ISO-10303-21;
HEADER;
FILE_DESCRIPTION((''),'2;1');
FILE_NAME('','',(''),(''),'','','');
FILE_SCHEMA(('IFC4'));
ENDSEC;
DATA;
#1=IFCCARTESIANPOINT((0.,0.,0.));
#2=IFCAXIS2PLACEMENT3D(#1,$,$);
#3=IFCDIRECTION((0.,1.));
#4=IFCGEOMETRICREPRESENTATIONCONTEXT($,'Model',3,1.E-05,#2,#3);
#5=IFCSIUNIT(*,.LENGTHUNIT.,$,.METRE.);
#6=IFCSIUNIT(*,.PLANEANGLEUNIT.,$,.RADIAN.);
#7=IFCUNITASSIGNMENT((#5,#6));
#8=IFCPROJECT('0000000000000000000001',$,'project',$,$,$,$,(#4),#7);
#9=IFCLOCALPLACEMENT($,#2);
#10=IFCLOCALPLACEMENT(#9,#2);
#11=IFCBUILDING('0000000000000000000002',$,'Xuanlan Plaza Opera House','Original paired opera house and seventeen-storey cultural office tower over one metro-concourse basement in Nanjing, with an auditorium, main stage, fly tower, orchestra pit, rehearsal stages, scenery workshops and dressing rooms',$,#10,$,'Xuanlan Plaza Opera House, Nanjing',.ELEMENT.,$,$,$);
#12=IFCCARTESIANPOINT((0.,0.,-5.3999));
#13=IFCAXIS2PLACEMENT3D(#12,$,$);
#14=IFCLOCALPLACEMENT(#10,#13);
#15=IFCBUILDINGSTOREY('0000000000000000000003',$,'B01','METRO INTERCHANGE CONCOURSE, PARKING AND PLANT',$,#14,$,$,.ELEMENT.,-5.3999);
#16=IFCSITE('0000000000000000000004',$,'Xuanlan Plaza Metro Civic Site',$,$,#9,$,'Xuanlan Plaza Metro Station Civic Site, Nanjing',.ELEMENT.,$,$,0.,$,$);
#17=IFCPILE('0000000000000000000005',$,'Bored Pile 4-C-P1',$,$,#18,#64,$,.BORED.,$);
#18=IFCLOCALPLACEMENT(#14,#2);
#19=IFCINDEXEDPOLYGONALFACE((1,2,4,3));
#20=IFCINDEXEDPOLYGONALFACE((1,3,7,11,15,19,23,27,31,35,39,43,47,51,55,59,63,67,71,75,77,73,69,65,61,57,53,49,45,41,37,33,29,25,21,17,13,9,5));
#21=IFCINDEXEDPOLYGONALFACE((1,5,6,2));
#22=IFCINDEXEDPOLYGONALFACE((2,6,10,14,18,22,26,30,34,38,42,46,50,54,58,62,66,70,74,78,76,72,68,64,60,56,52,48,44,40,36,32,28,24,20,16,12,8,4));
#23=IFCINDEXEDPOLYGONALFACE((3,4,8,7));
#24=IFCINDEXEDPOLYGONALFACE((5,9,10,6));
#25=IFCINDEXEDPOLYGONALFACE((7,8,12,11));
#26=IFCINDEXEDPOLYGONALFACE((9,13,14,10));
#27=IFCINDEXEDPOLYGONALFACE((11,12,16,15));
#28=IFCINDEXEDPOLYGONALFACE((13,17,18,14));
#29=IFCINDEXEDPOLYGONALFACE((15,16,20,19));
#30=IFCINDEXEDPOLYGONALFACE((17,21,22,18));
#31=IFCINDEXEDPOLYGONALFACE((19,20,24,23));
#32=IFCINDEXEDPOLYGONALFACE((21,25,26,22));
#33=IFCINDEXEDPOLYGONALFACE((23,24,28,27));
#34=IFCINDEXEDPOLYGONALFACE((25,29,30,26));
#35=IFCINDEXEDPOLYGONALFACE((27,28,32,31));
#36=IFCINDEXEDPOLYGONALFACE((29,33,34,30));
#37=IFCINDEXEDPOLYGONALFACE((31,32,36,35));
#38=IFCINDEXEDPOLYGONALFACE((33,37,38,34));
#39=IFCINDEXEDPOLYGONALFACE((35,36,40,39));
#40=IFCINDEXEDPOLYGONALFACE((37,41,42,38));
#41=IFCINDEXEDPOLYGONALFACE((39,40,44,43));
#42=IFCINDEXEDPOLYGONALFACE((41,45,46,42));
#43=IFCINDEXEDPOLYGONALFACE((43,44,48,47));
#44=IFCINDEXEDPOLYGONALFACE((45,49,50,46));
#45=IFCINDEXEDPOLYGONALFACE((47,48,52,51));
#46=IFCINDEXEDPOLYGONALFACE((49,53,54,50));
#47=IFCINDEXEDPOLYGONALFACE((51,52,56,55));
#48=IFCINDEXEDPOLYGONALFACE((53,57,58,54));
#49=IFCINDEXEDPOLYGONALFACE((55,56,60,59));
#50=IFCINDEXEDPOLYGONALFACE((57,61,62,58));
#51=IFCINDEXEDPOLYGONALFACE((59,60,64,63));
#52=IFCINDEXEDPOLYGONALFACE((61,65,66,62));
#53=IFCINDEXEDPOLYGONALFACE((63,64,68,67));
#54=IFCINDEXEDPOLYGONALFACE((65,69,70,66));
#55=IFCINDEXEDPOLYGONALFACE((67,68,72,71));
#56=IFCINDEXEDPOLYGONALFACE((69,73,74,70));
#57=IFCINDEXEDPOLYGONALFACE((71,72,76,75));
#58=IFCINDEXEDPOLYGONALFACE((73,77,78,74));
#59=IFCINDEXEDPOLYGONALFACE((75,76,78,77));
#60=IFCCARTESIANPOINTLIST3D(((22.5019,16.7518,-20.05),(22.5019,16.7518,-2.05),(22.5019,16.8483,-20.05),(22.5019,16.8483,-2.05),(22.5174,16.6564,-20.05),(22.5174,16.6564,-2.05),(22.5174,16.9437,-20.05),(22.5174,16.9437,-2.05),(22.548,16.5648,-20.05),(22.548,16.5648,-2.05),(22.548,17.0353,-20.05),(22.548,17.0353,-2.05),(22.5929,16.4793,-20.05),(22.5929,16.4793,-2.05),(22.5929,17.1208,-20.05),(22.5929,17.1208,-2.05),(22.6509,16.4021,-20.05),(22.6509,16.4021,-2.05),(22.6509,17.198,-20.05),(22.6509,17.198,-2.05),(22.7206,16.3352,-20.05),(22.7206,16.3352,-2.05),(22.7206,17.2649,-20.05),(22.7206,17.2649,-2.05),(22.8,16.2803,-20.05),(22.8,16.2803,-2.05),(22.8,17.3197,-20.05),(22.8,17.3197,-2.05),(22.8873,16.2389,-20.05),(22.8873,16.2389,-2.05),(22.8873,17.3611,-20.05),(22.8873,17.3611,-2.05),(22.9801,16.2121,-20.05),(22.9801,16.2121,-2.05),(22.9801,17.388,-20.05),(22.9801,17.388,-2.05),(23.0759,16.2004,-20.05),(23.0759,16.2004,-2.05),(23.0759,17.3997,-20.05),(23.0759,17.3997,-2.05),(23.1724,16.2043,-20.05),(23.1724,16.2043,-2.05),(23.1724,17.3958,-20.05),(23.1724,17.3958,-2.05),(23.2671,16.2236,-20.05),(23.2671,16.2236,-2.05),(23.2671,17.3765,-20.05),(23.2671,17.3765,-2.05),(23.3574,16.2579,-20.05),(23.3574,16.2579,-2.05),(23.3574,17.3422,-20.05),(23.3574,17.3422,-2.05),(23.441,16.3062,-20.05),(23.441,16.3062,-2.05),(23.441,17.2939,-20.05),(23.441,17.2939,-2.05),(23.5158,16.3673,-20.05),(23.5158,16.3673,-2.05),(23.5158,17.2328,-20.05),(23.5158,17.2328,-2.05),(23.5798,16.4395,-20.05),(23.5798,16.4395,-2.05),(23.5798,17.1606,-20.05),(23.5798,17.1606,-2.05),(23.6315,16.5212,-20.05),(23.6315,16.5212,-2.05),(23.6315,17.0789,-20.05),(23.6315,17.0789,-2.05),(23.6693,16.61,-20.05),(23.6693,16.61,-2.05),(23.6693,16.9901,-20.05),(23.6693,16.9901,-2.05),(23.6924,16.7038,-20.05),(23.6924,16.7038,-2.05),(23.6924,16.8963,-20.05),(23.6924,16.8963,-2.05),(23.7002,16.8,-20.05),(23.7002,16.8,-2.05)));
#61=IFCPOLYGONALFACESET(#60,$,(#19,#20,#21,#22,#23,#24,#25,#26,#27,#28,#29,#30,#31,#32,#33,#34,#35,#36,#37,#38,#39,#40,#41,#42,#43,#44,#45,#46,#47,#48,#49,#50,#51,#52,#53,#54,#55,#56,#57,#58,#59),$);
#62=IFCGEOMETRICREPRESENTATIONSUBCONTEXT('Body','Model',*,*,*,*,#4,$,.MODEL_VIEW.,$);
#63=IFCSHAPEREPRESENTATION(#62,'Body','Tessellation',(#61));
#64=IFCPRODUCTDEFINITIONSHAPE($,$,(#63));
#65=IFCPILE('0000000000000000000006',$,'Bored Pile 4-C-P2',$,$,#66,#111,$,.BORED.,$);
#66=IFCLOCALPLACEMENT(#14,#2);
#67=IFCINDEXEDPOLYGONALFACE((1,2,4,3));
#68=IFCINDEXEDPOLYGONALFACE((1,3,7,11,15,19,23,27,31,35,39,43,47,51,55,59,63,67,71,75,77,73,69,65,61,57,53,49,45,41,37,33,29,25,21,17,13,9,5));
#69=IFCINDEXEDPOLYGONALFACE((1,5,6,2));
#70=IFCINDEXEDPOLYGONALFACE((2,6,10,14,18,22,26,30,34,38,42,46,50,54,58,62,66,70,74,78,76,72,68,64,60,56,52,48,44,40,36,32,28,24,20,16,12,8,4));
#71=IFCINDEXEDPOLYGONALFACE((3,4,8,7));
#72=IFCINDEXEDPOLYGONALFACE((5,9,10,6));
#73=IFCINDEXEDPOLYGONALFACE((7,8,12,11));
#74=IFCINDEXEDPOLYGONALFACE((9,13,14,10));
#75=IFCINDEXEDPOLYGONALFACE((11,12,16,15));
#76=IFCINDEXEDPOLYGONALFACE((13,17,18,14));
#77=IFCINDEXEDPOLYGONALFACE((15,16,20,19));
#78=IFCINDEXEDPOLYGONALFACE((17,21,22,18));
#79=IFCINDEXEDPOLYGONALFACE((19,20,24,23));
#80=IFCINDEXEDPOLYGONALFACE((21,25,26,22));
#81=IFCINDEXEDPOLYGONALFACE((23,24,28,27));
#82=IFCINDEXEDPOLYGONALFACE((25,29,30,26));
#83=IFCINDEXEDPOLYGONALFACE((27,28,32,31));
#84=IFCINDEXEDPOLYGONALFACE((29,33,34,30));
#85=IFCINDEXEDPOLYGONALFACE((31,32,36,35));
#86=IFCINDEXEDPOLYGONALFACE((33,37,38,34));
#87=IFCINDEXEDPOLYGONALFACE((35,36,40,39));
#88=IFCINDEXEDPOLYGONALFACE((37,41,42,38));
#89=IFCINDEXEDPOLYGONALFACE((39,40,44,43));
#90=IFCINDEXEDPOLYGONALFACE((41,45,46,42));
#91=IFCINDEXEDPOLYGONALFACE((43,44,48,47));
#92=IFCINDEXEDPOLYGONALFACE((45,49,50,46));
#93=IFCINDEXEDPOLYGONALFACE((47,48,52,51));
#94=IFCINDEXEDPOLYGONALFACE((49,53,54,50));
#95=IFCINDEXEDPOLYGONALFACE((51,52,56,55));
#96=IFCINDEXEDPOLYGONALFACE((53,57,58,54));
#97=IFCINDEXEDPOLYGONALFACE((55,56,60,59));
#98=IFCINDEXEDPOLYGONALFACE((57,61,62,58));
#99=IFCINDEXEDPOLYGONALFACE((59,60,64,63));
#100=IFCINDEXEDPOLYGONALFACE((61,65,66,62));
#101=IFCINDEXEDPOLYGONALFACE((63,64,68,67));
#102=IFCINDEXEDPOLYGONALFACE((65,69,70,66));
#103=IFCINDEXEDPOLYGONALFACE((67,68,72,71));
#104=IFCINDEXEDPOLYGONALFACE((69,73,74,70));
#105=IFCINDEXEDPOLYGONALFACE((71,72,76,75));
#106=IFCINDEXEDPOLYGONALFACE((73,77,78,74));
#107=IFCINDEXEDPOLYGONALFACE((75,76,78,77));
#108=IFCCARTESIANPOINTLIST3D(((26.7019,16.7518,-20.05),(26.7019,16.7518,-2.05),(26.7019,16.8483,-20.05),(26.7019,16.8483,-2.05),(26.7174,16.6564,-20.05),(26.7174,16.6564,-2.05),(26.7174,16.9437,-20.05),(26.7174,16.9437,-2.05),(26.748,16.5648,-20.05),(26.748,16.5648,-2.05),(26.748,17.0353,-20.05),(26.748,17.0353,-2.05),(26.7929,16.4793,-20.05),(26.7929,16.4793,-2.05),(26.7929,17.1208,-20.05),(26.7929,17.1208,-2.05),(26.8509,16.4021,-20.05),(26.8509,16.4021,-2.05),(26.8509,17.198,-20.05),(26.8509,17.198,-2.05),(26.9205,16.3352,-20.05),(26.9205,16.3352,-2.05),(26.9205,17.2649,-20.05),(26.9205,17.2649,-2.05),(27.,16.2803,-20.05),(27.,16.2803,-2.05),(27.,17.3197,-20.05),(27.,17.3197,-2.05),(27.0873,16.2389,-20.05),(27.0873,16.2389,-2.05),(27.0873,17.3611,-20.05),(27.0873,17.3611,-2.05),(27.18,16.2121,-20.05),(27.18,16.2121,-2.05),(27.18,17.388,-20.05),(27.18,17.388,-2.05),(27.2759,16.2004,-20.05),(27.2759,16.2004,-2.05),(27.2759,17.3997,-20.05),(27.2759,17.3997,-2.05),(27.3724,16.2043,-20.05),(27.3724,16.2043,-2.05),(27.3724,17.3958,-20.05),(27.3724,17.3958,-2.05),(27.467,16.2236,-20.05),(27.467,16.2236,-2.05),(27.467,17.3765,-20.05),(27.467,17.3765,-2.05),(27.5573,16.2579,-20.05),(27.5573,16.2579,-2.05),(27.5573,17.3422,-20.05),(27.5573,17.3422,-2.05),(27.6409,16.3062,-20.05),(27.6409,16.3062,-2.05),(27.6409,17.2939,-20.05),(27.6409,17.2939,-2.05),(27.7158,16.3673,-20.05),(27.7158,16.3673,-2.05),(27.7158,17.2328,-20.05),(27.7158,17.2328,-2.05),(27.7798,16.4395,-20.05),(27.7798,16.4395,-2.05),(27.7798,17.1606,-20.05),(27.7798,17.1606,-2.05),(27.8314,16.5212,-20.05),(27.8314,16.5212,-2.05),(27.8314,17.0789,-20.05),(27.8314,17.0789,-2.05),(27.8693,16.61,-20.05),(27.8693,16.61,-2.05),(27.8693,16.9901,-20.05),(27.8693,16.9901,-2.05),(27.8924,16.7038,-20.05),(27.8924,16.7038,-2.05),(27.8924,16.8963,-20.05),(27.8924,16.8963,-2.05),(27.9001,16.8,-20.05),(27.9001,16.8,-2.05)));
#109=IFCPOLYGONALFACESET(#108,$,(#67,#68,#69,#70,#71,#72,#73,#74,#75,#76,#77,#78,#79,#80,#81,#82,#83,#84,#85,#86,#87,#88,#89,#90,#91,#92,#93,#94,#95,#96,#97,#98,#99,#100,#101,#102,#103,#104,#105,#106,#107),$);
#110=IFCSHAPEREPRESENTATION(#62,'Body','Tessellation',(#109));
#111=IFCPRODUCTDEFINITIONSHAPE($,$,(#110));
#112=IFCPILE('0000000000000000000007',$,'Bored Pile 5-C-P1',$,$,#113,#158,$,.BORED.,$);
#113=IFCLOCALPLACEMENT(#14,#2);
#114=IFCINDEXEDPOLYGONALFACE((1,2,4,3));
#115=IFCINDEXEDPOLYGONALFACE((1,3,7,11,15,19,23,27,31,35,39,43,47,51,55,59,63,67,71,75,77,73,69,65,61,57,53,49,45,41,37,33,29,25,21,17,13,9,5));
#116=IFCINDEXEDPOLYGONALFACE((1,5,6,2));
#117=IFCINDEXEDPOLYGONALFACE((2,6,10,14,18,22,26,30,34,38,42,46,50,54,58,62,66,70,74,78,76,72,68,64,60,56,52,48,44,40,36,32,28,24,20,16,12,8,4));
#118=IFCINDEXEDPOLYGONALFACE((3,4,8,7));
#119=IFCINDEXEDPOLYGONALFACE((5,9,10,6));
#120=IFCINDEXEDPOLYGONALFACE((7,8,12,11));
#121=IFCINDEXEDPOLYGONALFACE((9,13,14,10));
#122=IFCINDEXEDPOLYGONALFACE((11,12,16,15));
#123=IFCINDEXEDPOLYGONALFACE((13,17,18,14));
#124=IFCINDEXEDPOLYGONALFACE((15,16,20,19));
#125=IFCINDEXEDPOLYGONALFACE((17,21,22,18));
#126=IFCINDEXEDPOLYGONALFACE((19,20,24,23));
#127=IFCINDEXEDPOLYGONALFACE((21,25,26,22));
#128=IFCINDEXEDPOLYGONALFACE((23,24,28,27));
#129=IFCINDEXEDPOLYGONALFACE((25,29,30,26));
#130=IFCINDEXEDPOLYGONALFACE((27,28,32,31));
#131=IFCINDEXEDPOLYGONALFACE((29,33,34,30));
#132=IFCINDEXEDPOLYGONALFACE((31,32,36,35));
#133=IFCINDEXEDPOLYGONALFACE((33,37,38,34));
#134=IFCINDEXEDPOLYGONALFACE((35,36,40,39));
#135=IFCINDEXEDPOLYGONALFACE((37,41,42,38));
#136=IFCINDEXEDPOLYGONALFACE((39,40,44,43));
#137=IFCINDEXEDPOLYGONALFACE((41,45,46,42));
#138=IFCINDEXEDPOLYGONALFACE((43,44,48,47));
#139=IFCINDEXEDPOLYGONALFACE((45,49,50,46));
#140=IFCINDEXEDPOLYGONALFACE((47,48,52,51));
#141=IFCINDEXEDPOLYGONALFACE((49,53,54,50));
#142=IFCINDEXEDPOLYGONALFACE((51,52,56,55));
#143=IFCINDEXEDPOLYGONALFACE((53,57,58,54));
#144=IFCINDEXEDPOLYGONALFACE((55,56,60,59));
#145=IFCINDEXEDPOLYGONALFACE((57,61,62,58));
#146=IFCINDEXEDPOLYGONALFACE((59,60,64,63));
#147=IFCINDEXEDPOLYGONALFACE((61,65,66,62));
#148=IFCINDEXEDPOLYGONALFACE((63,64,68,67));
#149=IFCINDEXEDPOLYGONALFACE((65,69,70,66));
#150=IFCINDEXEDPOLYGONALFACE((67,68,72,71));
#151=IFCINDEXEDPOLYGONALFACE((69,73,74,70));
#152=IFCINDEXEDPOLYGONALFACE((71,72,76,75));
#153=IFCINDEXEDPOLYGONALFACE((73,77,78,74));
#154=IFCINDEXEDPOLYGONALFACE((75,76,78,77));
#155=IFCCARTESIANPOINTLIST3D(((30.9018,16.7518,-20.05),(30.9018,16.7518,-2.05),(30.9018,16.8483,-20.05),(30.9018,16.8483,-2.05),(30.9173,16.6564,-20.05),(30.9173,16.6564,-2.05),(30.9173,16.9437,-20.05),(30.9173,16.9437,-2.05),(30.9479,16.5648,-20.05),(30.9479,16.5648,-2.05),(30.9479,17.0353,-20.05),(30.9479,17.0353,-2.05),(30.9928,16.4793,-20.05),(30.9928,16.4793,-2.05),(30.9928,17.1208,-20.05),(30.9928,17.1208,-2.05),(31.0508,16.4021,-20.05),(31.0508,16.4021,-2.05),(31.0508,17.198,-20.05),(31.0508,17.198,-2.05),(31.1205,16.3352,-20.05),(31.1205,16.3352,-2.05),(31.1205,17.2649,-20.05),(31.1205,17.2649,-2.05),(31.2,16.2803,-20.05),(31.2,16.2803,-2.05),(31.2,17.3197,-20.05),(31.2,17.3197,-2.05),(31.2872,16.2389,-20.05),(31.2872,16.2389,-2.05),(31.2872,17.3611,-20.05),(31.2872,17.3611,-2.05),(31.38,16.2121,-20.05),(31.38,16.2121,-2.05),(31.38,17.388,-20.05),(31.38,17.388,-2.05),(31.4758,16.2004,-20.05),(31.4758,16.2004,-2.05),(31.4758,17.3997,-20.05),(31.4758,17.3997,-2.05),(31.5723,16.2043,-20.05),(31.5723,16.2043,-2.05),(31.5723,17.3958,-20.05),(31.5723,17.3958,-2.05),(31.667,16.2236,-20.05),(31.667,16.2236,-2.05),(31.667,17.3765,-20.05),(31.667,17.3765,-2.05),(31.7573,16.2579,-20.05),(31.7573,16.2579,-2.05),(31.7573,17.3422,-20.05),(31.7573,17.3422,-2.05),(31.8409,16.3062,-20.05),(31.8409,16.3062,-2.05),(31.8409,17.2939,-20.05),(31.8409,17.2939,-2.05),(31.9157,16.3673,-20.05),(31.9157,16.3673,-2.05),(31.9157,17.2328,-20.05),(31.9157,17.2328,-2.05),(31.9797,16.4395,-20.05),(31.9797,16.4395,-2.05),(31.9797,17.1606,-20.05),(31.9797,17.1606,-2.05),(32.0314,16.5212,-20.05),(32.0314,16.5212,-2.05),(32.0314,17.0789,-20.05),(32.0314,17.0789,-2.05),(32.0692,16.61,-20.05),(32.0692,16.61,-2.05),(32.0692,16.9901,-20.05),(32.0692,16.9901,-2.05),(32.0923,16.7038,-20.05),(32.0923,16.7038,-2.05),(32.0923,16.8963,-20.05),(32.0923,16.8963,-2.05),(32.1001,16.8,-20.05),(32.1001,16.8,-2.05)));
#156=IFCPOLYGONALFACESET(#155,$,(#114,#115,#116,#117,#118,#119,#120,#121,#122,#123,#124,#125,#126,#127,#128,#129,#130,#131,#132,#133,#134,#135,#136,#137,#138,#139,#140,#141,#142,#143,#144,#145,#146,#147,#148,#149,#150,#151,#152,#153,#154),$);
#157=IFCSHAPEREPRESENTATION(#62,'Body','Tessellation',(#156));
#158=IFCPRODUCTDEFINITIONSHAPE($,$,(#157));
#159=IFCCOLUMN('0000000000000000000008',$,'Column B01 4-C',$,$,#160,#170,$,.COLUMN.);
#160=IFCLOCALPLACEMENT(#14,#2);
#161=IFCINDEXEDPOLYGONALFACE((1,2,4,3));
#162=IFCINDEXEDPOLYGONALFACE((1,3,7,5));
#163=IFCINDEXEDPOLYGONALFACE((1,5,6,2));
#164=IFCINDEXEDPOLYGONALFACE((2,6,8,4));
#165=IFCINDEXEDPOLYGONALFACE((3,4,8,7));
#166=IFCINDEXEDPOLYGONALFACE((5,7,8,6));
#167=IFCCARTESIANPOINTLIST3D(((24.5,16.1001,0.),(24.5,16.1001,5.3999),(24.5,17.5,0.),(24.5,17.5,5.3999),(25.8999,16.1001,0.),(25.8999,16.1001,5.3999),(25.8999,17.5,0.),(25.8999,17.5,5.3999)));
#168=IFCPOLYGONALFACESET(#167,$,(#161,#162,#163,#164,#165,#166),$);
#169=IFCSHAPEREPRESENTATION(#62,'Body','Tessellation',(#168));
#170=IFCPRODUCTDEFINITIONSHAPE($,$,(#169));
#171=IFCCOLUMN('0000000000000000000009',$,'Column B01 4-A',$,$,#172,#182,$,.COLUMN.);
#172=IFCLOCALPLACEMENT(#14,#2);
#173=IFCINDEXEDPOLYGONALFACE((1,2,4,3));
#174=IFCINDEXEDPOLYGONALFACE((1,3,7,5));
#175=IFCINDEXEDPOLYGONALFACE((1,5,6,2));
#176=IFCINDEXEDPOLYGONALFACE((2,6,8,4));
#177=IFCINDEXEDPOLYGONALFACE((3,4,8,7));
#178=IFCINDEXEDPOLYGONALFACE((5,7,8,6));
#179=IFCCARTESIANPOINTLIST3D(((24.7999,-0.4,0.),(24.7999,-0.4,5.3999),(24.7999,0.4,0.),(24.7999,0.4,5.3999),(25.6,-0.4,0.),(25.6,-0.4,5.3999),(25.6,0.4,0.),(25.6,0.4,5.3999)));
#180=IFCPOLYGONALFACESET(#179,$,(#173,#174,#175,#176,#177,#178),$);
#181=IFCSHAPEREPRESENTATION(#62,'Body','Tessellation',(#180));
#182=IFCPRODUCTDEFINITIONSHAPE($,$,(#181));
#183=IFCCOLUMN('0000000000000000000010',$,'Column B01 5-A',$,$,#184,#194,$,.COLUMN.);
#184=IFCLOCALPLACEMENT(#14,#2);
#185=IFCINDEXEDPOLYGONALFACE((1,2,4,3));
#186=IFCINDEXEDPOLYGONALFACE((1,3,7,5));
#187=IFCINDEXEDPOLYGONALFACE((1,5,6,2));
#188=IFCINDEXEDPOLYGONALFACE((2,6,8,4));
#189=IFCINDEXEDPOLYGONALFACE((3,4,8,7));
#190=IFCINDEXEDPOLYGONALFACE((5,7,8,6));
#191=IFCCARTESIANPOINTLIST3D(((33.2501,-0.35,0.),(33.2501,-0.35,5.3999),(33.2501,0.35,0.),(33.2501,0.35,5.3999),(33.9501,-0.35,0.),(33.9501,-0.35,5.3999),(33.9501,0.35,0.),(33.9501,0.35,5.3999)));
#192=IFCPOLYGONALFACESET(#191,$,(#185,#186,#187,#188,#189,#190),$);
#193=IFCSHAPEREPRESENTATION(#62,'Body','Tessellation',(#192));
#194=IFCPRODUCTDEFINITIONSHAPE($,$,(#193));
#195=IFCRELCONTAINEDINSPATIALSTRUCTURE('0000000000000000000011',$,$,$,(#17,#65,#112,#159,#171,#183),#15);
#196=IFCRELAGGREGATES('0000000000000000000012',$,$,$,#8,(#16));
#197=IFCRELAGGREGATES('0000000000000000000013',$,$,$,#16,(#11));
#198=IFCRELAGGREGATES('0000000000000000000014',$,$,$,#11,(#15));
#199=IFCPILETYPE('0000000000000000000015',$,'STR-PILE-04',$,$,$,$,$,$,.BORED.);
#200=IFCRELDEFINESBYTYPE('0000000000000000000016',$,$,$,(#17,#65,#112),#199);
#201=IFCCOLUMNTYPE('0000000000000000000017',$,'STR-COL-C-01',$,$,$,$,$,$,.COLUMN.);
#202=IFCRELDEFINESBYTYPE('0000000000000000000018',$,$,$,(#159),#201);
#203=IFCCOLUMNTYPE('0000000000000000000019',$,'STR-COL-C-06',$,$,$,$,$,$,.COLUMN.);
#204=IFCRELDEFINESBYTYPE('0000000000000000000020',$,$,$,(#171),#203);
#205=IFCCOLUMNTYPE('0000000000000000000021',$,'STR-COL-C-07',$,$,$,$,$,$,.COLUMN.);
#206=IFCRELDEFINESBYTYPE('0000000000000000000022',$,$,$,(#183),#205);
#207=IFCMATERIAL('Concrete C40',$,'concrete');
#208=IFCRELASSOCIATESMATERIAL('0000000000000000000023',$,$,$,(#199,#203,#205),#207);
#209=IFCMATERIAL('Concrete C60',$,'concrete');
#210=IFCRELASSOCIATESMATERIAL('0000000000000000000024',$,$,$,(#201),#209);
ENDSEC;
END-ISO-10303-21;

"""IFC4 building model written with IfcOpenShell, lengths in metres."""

from ifc_helpers import new_model, si_unit, direction, frame, origin, origin_2d, place, context, subcontext, project, spatial, rectangle, circle, extrude, material, material_profile, profile_set, type_object, element, save


model = new_model("IFC4")

# Units and contexts
model_context = context("Model", 3, precision=1e-05, world=origin(), true_north=direction((0.0, 1.0)))
body_context = subcontext(model_context, "Body", "Model", "MODEL_VIEW")
ifc_project = project(units=[si_unit("LENGTHUNIT", "METRE"), si_unit("PLANEANGLEUNIT", "RADIAN")], contexts=[model_context])

# Site, building, storey
site_placement = place(None, origin())
site = spatial("IfcSite", under=ifc_project, at=site_placement, Name="Xuanlan Plaza Metro Civic Site", LongName="Xuanlan Plaza Metro Station Civic Site, Nanjing", CompositionType="ELEMENT", RefElevation=0.0)
building_placement = place(site_placement, origin())
building = spatial("IfcBuilding", under=site, at=building_placement, Name="Xuanlan Plaza Opera House", Description="Original paired opera house and seventeen-storey cultural office tower over one metro-concourse basement in Nanjing, with an auditorium, main stage, fly tower, orchestra pit, rehearsal stages, scenery workshops and dressing rooms", LongName="Xuanlan Plaza Opera House, Nanjing", CompositionType="ELEMENT")
storey_placement = place(building_placement, frame((0.0, 0.0, -5.3999)))
storey = spatial("IfcBuildingStorey", under=building, at=storey_placement, Name="B01", Description="METRO INTERCHANGE CONCOURSE, PARKING AND PLANT", CompositionType="ELEMENT", Elevation=-5.3999)

# Shared definitions
ifc_material_1 = material(Name="Concrete C40", Category="concrete")

# Piles
ifc_material_profile_1 = material_profile(ifc_material_1, circle(Radius=0.6001, at=origin_2d()), Name="PILE D1200")
ifc_profile_set_1 = profile_set([ifc_material_profile_1], Name="Concrete C40")
pile_type_1 = type_object("IfcPileType", Name="STR-PILE-04", PredefinedType="BORED", material=ifc_profile_set_1)
for number, where, z_axis, x_axis, name in (
    (1, (23.1001, 16.8, -2.05), (0.0, 0.0, -1.0), (1.0, 0.0, 0.0), "Bored Pile 4-C-P1"),
    (2, (27.3, 16.8, -2.05), (0.0, 0.0, -1.0), (1.0, 0.0, 0.0), "Bored Pile 4-C-P2"),
    (3, (31.5, 16.8, -2.05), (0.0, 0.0, -1.0), (1.0, 0.0, 0.0), "Bored Pile 5-C-P1"),
):
    element("IfcPile", number, at=place(storey_placement, frame(where, z_axis=z_axis, x_axis=x_axis)), inside=storey, type_object=pile_type_1, Name=name, PredefinedType="BORED", context=body_context, shape_type="SweptSolid", body=[
        extrude(circle(Radius=0.6001, at=origin_2d()), origin(), (0.0, 0.0, 1.0), 18.0),
    ])

# Columns
ifc_material_2 = material(Name="Concrete C60", Category="concrete")
ifc_material_profile_2 = material_profile(ifc_material_2, rectangle(XDim=1.3999, YDim=1.3999, at=origin_2d()), Name="RC-COL 1400x1400")
ifc_profile_set_2 = profile_set([ifc_material_profile_2], Name="Concrete C60")
column_type_1 = type_object("IfcColumnType", Name="STR-COL-C-01", PredefinedType="COLUMN", material=ifc_profile_set_2)
column_1_placement = place(storey_placement, frame((25.2, 16.8, 0.0), z_axis=(0.0, 0.0, 1.0), x_axis=(1.0, 0.0, 0.0)))
element("IfcColumn", 4, at=column_1_placement, inside=storey, type_object=column_type_1, Name="Column B01 4-C", PredefinedType="COLUMN", context=body_context, shape_type="SweptSolid", body=[
    extrude(rectangle(XDim=1.3999, YDim=1.3999, at=origin_2d()), origin(), (0.0, 0.0, 1.0), 5.3999),
])
ifc_material_profile_3 = material_profile(ifc_material_1, rectangle(XDim=0.8, YDim=0.8, at=origin_2d()), Name="RC-COL 800x800")
ifc_profile_set_3 = profile_set([ifc_material_profile_3], Name="Concrete C40")
column_type_2 = type_object("IfcColumnType", Name="STR-COL-C-06", PredefinedType="COLUMN", material=ifc_profile_set_3)
column_2_placement = place(storey_placement, frame((25.2, 0.0, 0.0), z_axis=(0.0, 0.0, 1.0), x_axis=(1.0, 0.0, 0.0)))
element("IfcColumn", 5, at=column_2_placement, inside=storey, type_object=column_type_2, Name="Column B01 4-A", PredefinedType="COLUMN", context=body_context, shape_type="SweptSolid", body=[
    extrude(rectangle(XDim=0.8, YDim=0.8, at=origin_2d()), origin(), (0.0, 0.0, 1.0), 5.3999),
])
ifc_material_profile_4 = material_profile(ifc_material_1, rectangle(XDim=0.7, YDim=0.7, at=origin_2d()), Name="RC-COL 700x700")
ifc_profile_set_4 = profile_set([ifc_material_profile_4], Name="Concrete C40")
column_type_3 = type_object("IfcColumnType", Name="STR-COL-C-07", PredefinedType="COLUMN", material=ifc_profile_set_4)
column_3_placement = place(storey_placement, frame((33.6001, 0.0, 0.0), z_axis=(0.0, 0.0, 1.0), x_axis=(1.0, 0.0, 0.0)))
element("IfcColumn", 6, at=column_3_placement, inside=storey, type_object=column_type_3, Name="Column B01 5-A", PredefinedType="COLUMN", context=body_context, shape_type="SweptSolid", body=[
    extrude(rectangle(XDim=0.7, YDim=0.7, at=origin_2d()), origin(), (0.0, 0.0, 1.0), 5.3999),
])

save(model, "model.ifc")
